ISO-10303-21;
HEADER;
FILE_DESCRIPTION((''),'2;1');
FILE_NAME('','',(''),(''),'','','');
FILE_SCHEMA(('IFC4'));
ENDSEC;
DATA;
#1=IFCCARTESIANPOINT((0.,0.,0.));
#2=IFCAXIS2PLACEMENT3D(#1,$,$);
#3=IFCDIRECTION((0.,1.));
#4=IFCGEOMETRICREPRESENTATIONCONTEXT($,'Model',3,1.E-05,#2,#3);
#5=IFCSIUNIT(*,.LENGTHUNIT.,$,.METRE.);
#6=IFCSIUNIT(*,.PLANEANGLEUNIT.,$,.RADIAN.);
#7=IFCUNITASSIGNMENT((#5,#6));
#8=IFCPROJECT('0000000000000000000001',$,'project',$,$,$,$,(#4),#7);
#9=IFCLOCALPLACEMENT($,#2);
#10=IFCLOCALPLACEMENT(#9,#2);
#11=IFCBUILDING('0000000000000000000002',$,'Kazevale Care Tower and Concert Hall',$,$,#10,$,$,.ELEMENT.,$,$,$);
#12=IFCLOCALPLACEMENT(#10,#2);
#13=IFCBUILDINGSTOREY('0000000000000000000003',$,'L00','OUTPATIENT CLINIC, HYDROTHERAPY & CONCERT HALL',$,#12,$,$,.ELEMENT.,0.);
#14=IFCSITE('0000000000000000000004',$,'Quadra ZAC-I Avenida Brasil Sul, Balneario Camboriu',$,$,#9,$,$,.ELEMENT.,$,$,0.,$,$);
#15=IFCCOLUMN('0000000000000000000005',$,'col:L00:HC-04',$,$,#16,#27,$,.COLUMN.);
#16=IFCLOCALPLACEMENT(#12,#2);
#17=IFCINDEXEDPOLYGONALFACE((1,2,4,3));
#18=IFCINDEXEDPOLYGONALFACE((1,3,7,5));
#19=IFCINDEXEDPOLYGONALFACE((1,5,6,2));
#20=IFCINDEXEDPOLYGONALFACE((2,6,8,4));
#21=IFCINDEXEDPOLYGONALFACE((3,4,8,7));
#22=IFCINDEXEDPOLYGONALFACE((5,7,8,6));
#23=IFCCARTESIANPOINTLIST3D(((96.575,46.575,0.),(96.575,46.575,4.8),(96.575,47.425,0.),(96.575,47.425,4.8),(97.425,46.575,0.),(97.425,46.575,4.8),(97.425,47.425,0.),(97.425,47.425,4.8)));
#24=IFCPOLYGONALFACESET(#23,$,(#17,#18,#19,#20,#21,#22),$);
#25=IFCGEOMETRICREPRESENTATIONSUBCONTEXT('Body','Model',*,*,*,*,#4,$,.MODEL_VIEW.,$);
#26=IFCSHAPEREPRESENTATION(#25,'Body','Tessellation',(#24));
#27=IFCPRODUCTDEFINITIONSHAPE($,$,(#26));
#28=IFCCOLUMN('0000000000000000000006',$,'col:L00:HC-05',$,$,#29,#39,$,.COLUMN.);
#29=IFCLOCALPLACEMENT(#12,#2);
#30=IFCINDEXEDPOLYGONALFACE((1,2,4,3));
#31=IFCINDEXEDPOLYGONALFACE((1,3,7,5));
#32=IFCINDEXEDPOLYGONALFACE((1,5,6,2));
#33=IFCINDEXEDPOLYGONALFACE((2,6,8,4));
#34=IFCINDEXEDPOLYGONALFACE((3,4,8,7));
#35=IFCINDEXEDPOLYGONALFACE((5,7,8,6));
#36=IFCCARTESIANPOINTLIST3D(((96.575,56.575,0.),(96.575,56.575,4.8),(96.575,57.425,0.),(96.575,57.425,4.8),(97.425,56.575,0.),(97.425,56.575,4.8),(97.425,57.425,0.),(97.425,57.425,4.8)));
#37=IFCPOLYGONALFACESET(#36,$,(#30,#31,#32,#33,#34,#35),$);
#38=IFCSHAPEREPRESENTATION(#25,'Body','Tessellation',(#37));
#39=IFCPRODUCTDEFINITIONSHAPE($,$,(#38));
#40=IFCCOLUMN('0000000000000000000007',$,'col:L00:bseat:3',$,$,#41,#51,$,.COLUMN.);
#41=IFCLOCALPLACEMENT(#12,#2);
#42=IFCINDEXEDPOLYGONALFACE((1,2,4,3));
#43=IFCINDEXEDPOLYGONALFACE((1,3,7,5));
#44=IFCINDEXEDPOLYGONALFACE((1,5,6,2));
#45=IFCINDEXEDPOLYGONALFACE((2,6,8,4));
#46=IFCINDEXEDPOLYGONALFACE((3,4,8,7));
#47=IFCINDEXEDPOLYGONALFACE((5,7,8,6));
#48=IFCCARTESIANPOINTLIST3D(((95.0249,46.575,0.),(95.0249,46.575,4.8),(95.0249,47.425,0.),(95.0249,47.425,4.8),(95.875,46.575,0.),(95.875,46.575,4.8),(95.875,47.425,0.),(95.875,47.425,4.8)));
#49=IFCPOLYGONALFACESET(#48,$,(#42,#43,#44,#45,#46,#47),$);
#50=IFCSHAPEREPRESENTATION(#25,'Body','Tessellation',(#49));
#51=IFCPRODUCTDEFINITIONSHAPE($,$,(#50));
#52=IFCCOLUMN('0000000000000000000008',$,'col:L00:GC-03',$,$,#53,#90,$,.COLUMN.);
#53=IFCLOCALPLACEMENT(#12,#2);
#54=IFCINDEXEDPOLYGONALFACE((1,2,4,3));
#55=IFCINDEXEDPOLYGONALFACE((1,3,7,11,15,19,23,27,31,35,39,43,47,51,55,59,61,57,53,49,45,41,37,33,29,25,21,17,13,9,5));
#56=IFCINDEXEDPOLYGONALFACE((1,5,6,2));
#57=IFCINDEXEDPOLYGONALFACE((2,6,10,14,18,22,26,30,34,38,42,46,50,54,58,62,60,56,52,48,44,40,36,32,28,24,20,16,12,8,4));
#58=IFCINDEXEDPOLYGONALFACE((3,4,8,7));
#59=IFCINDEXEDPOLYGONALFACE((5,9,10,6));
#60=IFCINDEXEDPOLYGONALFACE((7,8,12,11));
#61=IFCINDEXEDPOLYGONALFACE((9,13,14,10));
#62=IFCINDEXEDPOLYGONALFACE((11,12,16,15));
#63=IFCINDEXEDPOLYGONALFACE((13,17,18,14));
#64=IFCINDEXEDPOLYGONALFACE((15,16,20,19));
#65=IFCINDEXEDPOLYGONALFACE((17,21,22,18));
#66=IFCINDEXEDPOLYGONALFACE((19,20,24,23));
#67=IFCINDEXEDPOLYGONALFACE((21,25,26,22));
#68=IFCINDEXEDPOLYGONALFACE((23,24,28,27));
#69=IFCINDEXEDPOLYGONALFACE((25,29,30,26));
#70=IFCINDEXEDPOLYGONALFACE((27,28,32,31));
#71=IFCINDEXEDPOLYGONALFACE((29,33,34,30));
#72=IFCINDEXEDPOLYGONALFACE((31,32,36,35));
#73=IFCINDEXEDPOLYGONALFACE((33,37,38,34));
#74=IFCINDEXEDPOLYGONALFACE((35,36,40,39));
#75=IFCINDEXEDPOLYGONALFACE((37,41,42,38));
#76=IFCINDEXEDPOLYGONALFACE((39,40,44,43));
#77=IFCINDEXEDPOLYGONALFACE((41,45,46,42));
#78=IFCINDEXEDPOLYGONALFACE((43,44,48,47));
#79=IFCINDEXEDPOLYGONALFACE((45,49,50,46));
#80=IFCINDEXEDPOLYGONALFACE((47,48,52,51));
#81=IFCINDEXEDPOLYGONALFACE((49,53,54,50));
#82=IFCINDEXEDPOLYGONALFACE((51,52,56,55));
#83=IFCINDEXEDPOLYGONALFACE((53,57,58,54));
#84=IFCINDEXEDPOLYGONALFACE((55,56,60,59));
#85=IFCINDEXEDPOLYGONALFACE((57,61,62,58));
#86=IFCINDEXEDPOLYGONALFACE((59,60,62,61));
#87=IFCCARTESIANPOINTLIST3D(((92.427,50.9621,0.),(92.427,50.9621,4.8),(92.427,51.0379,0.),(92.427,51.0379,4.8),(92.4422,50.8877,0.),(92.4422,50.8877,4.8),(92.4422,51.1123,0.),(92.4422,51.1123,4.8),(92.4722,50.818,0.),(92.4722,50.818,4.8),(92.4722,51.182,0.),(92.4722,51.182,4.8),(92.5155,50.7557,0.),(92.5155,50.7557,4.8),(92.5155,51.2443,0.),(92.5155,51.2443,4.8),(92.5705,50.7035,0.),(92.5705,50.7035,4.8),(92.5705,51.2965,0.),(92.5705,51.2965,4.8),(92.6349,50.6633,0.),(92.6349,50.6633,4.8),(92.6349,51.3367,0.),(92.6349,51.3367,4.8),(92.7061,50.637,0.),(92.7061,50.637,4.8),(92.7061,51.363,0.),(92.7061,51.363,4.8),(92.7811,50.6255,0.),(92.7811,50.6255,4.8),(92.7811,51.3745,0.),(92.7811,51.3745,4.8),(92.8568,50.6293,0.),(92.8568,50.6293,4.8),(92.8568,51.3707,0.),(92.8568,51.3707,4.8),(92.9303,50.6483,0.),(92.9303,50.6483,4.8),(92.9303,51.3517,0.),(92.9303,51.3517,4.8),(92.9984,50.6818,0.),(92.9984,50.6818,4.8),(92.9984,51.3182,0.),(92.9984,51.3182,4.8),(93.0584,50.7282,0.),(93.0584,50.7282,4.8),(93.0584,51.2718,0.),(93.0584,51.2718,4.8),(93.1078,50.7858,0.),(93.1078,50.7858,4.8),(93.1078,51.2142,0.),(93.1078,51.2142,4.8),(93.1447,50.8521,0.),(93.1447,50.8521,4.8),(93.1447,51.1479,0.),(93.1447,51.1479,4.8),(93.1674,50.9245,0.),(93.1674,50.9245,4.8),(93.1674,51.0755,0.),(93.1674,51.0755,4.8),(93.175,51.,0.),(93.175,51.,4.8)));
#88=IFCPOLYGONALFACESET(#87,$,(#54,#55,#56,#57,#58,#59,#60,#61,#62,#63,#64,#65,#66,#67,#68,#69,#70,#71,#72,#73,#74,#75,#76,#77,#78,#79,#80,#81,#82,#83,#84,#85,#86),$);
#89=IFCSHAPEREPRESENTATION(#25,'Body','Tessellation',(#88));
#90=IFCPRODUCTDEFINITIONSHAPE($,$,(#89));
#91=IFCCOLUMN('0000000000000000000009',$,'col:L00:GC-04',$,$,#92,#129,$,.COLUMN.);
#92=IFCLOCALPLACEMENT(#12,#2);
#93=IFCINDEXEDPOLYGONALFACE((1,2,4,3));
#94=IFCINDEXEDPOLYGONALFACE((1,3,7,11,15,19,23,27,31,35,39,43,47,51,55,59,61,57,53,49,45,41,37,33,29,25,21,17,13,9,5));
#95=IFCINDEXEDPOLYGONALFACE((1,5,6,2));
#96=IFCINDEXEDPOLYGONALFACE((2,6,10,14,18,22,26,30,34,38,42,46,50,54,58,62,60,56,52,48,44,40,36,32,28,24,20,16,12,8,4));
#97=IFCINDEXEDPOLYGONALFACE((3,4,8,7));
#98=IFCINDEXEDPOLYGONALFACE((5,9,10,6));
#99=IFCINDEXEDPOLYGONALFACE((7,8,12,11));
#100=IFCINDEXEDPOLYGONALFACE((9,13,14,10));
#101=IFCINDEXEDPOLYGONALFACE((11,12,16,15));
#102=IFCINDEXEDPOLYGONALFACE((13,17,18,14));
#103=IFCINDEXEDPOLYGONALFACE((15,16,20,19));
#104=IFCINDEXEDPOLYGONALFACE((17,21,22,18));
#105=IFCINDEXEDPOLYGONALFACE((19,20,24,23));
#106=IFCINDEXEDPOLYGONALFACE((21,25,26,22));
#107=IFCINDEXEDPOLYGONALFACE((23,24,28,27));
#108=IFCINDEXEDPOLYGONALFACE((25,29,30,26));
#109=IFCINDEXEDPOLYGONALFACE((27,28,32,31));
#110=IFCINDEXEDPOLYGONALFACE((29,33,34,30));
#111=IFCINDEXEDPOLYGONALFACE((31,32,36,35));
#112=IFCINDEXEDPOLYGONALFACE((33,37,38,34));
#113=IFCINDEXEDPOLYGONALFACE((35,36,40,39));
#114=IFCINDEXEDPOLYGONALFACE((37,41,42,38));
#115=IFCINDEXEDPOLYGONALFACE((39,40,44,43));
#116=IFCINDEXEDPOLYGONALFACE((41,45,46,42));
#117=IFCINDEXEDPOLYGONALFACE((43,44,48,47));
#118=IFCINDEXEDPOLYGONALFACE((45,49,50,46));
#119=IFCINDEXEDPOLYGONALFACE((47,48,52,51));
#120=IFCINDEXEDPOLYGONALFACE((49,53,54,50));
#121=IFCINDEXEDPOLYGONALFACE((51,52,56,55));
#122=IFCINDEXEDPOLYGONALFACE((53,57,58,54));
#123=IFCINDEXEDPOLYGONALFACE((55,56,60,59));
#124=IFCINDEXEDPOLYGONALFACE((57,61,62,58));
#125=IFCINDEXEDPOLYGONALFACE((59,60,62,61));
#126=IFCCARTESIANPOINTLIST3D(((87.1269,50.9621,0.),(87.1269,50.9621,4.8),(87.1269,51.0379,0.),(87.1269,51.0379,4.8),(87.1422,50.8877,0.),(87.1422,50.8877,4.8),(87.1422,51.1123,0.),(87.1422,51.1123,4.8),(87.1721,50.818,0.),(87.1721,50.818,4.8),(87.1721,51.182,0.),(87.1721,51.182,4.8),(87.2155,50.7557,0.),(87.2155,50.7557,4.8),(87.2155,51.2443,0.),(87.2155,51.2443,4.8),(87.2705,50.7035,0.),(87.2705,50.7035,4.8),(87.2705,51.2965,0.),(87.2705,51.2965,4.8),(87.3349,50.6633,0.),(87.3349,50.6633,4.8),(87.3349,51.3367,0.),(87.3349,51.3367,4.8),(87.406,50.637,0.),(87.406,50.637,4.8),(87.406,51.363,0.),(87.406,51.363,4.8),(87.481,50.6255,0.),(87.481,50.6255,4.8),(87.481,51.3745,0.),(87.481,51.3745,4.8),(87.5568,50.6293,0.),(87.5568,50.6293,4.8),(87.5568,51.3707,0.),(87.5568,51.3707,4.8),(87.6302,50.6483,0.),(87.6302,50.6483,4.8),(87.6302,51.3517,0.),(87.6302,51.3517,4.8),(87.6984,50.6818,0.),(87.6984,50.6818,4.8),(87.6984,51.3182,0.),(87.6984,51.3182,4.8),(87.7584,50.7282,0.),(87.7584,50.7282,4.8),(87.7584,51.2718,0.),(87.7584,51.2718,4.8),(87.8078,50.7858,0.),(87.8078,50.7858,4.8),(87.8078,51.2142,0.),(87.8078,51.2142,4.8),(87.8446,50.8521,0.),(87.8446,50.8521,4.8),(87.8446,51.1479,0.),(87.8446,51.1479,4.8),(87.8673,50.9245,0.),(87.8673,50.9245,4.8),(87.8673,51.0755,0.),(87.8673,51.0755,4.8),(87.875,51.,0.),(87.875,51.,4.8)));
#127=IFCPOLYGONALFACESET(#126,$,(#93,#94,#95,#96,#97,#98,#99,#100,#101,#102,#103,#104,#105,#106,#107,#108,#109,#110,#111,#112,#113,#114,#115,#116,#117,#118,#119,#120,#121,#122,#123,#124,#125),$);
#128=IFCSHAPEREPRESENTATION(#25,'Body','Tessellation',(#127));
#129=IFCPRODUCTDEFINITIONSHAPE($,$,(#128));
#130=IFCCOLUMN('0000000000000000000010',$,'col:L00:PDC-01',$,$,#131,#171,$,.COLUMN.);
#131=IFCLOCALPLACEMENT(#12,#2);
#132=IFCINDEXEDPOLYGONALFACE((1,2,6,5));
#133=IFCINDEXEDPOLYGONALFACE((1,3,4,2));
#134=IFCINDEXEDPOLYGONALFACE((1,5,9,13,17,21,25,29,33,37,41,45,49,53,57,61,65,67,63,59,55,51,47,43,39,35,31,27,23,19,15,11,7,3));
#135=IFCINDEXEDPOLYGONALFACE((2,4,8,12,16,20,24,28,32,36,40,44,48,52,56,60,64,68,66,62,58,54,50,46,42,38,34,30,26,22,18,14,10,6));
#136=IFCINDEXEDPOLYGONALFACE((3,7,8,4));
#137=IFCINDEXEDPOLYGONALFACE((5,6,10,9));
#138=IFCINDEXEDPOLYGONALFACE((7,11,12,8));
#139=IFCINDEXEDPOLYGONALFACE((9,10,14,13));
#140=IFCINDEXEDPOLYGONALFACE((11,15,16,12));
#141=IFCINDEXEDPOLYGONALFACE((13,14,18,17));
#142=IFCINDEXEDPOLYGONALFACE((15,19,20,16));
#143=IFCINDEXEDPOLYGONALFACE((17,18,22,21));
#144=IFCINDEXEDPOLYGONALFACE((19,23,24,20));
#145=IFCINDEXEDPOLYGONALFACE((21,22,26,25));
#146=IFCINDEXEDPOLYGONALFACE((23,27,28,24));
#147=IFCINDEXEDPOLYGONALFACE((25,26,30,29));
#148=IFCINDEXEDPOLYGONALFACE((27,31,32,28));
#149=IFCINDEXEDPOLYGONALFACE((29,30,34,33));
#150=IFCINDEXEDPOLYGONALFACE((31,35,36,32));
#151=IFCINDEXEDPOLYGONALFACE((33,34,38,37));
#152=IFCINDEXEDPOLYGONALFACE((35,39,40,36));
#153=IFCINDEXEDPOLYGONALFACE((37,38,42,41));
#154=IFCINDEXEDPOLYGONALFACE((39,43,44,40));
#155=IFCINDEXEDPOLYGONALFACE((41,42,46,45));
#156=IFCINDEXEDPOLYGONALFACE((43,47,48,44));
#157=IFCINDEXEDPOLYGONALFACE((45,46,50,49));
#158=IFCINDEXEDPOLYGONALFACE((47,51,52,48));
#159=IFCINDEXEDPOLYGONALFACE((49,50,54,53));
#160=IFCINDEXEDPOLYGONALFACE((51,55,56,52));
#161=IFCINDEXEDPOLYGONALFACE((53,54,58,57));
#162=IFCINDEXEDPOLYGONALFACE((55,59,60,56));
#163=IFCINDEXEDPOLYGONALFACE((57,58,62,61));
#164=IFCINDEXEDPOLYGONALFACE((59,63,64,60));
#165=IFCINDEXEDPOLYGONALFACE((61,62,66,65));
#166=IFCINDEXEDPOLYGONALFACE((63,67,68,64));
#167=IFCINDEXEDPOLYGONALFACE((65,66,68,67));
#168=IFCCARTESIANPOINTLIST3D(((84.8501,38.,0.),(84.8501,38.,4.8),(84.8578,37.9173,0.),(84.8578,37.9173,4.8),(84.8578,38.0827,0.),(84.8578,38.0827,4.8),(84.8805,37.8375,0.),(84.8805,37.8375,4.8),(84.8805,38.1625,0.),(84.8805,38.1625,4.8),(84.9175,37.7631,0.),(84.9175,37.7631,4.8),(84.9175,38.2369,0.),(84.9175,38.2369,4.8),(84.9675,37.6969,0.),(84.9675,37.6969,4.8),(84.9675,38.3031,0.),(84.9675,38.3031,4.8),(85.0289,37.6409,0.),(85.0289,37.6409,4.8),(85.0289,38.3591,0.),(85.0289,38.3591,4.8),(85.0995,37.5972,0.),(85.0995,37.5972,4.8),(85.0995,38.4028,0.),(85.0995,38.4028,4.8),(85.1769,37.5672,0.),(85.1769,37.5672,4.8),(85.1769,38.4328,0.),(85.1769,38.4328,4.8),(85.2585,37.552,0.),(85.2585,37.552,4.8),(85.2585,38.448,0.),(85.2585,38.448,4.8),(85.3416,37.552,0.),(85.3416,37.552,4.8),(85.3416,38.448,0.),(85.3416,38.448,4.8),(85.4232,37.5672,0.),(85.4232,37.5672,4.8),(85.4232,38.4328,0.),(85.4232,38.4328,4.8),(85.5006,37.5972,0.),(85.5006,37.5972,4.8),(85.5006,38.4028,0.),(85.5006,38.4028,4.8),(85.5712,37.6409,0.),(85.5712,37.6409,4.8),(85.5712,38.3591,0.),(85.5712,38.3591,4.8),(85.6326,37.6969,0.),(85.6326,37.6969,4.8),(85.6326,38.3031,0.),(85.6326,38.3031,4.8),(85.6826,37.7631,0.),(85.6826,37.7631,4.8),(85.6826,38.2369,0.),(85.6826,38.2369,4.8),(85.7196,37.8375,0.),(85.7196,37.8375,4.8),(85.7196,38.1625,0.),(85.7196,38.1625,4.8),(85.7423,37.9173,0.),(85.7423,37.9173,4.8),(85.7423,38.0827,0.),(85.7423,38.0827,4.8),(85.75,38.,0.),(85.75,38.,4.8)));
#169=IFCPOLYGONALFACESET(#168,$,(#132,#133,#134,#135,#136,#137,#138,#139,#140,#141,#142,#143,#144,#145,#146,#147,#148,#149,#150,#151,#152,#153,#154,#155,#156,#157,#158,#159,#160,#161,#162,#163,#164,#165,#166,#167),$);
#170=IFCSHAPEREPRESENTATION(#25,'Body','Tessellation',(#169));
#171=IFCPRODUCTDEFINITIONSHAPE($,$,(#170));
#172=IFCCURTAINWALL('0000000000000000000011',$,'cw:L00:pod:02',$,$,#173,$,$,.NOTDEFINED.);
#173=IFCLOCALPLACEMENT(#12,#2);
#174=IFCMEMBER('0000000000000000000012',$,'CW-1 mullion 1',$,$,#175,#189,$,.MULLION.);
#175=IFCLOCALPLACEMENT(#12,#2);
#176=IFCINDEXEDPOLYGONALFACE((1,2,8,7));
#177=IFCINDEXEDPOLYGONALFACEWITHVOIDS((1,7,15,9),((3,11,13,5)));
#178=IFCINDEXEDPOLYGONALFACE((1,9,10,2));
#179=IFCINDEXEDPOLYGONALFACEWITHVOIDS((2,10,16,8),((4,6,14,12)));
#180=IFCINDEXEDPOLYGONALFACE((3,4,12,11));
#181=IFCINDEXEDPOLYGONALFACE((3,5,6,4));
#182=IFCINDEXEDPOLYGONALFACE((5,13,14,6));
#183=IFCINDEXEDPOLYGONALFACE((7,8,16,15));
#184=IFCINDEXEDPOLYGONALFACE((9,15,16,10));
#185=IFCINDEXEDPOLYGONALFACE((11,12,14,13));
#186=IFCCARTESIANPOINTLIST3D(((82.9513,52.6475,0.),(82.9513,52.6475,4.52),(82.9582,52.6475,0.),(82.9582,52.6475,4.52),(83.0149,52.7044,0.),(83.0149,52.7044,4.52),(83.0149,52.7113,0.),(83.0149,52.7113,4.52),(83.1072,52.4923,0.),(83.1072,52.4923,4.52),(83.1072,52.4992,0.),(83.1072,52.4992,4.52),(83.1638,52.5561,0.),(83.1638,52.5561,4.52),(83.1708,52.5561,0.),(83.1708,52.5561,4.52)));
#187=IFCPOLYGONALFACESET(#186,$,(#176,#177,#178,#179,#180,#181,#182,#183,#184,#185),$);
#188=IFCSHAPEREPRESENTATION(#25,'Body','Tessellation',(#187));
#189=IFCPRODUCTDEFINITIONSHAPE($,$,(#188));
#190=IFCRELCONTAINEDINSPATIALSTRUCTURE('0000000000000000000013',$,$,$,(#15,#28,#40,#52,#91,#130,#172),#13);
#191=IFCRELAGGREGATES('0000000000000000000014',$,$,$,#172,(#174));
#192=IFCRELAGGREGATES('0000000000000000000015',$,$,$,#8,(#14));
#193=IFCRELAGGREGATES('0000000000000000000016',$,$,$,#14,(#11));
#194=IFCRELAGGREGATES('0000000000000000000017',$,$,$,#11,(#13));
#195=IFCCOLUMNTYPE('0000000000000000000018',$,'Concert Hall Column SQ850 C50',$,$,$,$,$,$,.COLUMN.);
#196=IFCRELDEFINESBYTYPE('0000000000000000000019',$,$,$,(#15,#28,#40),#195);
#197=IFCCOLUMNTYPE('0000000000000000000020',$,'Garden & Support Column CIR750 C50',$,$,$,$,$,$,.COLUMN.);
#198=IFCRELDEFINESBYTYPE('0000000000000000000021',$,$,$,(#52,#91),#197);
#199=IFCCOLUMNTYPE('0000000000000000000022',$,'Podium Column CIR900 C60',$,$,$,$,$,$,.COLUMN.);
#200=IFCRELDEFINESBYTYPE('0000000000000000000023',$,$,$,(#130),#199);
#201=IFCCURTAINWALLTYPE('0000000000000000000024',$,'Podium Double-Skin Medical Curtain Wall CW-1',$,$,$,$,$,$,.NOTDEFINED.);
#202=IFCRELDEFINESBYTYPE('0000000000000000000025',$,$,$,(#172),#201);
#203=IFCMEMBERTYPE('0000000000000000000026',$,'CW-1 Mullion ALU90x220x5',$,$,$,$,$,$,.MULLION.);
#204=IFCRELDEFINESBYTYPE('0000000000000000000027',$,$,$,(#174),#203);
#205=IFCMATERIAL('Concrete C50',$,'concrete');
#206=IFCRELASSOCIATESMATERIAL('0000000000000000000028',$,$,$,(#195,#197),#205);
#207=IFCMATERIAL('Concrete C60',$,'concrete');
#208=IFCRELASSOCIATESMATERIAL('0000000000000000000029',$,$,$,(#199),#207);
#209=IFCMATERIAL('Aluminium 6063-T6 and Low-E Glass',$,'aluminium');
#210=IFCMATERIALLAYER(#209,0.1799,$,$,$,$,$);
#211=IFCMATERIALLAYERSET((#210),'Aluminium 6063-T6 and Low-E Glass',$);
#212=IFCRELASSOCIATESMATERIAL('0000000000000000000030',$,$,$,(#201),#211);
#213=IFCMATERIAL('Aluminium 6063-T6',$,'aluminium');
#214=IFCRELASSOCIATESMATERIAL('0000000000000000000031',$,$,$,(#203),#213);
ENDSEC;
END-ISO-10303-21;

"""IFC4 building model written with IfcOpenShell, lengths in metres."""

from ifc_helpers import new_model, si_unit, direction, frame, origin, origin_2d, place, context, subcontext, project, spatial, rectangle, hollow_rectangle, circle, extrude, material, layer, layer_set, material_profile, profile_set, type_object, element, aggregate, save


model = new_model("IFC4")

# Units and contexts
model_context = context("Model", 3, precision=1e-05, world=origin(), true_north=direction((0.0, 1.0)))
body_context = subcontext(model_context, "Body", "Model", "MODEL_VIEW")
ifc_project = project(units=[si_unit("LENGTHUNIT", "METRE"), si_unit("PLANEANGLEUNIT", "RADIAN")], contexts=[model_context])

# Site, building, storey
site_placement = place(None, origin())
site = spatial("IfcSite", under=ifc_project, at=site_placement, Name="Quadra ZAC-I Avenida Brasil Sul, Balneario Camboriu", CompositionType="ELEMENT", RefElevation=0.0)
building_placement = place(site_placement, origin())
building = spatial("IfcBuilding", under=site, at=building_placement, Name="Kazevale Care Tower and Concert Hall", CompositionType="ELEMENT")
storey_placement = place(building_placement, origin())
storey = spatial("IfcBuildingStorey", under=building, at=storey_placement, Name="L00", Description="OUTPATIENT CLINIC, HYDROTHERAPY & CONCERT HALL", CompositionType="ELEMENT", Elevation=0.0)

# Columns
ifc_material_1 = material(Name="Concrete C50", Category="concrete")
ifc_material_profile_1 = material_profile(ifc_material_1, rectangle(XDim=0.8501, YDim=0.8501, at=origin_2d()), Name="RC-SQ850")
ifc_profile_set_1 = profile_set([ifc_material_profile_1], Name="Concrete C50")
column_type_1 = type_object("IfcColumnType", Name="Concert Hall Column SQ850 C50", PredefinedType="COLUMN", material=ifc_profile_set_1)
for number, where, z_axis, x_axis, name in (
    (1, (97.0, 47.0, 0.0), (0.0, 0.0, 1.0), (1.0, 0.0, 0.0), "col:L00:HC-04"),
    (2, (97.0, 57.0, 0.0), (0.0, 0.0, 1.0), (1.0, 0.0, 0.0), "col:L00:HC-05"),
    (3, (95.45, 47.0, 0.0), (0.0, 0.0, 1.0), (1.0, 0.0, 0.0), "col:L00:bseat:3"),
):
    element("IfcColumn", number, at=place(storey_placement, frame(where, z_axis=z_axis, x_axis=x_axis)), inside=storey, type_object=column_type_1, Name=name, PredefinedType="COLUMN", context=body_context, shape_type="SweptSolid", body=[
        extrude(rectangle(XDim=0.8501, YDim=0.8501, at=origin_2d()), origin(), (0.0, 0.0, 1.0), 4.8),
    ])
ifc_material_profile_2 = material_profile(ifc_material_1, circle(Radius=0.375, at=origin_2d()), Name="RC-CIR750")
ifc_profile_set_2 = profile_set([ifc_material_profile_2], Name="Concrete C50")
column_type_2 = type_object("IfcColumnType", Name="Garden & Support Column CIR750 C50", PredefinedType="COLUMN", material=ifc_profile_set_2)
for number, where, z_axis, x_axis, name in (
    (4, (92.8, 51.0, 0.0), (0.0, 0.0, 1.0), (1.0, 0.0, 0.0), "col:L00:GC-03"),
    (5, (87.5, 51.0, 0.0), (0.0, 0.0, 1.0), (1.0, 0.0, 0.0), "col:L00:GC-04"),
):
    element("IfcColumn", number, at=place(storey_placement, frame(where, z_axis=z_axis, x_axis=x_axis)), inside=storey, type_object=column_type_2, Name=name, PredefinedType="COLUMN", context=body_context, shape_type="SweptSolid", body=[
        extrude(circle(Radius=0.375, at=origin_2d()), origin(), (0.0, 0.0, 1.0), 4.8),
    ])
ifc_material_2 = material(Name="Concrete C60", Category="concrete")
ifc_material_profile_3 = material_profile(ifc_material_2, circle(Radius=0.45, at=origin_2d()), Name="RC-CIR900")
ifc_profile_set_3 = profile_set([ifc_material_profile_3], Name="Concrete C60")
column_type_3 = type_object("IfcColumnType", Name="Podium Column CIR900 C60", PredefinedType="COLUMN", material=ifc_profile_set_3)
column_placement = place(storey_placement, frame((85.3, 38.0, 0.0), z_axis=(0.0, 0.0, 1.0), x_axis=(1.0, 0.0, 0.0)))
element("IfcColumn", 6, at=column_placement, inside=storey, type_object=column_type_3, Name="col:L00:PDC-01", PredefinedType="COLUMN", context=body_context, shape_type="SweptSolid", body=[
    extrude(circle(Radius=0.45, at=origin_2d()), origin(), (0.0, 0.0, 1.0), 4.8),
])

# Curtain wall, member
ifc_material_3 = material(Name="Aluminium 6063-T6 and Low-E Glass", Category="aluminium")
ifc_layer_1 = layer(ifc_material_3, 0.1799)
ifc_layer_set_1 = layer_set([ifc_layer_1], Name="Aluminium 6063-T6 and Low-E Glass")
curtain_wall_type_1 = type_object("IfcCurtainWallType", Name="Podium Double-Skin Medical Curtain Wall CW-1", PredefinedType="NOTDEFINED", material=ifc_layer_set_1)
curtain_wall_1_placement = place(storey_placement, origin())
curtain_wall_1 = element("IfcCurtainWall", 7, at=curtain_wall_1_placement, inside=storey, type_object=curtain_wall_type_1, Name="cw:L00:pod:02", PredefinedType="NOTDEFINED")
ifc_material_4 = material(Name="Aluminium 6063-T6", Category="aluminium")
ifc_material_profile_4 = material_profile(ifc_material_4, hollow_rectangle(XDim=0.0901, YDim=0.22, WallThickness=0.0049, at=origin_2d()), Name="ALU90x220x5")
ifc_profile_set_4 = profile_set([ifc_material_profile_4], Name="Aluminium 6063-T6")
member_type_1 = type_object("IfcMemberType", Name="CW-1 Mullion ALU90x220x5", PredefinedType="MULLION", material=ifc_profile_set_4)
member_1_placement = place(storey_placement, frame((83.061, 52.6018, 0.0), z_axis=(0.0, 0.0, 1.0), x_axis=(-0.705656, -0.708555, 0.0)))
member_1 = element("IfcMember", 8, at=member_1_placement, type_object=member_type_1, Name="CW-1 mullion 1", PredefinedType="MULLION", context=body_context, shape_type="SweptSolid", body=[
    extrude(hollow_rectangle(XDim=0.0901, YDim=0.22, WallThickness=0.0049, at=origin_2d()), origin(), (0.0, 0.0, 1.0), 4.52),
])
aggregate(curtain_wall_1, [member_1])

save(model, "model.ifc")
